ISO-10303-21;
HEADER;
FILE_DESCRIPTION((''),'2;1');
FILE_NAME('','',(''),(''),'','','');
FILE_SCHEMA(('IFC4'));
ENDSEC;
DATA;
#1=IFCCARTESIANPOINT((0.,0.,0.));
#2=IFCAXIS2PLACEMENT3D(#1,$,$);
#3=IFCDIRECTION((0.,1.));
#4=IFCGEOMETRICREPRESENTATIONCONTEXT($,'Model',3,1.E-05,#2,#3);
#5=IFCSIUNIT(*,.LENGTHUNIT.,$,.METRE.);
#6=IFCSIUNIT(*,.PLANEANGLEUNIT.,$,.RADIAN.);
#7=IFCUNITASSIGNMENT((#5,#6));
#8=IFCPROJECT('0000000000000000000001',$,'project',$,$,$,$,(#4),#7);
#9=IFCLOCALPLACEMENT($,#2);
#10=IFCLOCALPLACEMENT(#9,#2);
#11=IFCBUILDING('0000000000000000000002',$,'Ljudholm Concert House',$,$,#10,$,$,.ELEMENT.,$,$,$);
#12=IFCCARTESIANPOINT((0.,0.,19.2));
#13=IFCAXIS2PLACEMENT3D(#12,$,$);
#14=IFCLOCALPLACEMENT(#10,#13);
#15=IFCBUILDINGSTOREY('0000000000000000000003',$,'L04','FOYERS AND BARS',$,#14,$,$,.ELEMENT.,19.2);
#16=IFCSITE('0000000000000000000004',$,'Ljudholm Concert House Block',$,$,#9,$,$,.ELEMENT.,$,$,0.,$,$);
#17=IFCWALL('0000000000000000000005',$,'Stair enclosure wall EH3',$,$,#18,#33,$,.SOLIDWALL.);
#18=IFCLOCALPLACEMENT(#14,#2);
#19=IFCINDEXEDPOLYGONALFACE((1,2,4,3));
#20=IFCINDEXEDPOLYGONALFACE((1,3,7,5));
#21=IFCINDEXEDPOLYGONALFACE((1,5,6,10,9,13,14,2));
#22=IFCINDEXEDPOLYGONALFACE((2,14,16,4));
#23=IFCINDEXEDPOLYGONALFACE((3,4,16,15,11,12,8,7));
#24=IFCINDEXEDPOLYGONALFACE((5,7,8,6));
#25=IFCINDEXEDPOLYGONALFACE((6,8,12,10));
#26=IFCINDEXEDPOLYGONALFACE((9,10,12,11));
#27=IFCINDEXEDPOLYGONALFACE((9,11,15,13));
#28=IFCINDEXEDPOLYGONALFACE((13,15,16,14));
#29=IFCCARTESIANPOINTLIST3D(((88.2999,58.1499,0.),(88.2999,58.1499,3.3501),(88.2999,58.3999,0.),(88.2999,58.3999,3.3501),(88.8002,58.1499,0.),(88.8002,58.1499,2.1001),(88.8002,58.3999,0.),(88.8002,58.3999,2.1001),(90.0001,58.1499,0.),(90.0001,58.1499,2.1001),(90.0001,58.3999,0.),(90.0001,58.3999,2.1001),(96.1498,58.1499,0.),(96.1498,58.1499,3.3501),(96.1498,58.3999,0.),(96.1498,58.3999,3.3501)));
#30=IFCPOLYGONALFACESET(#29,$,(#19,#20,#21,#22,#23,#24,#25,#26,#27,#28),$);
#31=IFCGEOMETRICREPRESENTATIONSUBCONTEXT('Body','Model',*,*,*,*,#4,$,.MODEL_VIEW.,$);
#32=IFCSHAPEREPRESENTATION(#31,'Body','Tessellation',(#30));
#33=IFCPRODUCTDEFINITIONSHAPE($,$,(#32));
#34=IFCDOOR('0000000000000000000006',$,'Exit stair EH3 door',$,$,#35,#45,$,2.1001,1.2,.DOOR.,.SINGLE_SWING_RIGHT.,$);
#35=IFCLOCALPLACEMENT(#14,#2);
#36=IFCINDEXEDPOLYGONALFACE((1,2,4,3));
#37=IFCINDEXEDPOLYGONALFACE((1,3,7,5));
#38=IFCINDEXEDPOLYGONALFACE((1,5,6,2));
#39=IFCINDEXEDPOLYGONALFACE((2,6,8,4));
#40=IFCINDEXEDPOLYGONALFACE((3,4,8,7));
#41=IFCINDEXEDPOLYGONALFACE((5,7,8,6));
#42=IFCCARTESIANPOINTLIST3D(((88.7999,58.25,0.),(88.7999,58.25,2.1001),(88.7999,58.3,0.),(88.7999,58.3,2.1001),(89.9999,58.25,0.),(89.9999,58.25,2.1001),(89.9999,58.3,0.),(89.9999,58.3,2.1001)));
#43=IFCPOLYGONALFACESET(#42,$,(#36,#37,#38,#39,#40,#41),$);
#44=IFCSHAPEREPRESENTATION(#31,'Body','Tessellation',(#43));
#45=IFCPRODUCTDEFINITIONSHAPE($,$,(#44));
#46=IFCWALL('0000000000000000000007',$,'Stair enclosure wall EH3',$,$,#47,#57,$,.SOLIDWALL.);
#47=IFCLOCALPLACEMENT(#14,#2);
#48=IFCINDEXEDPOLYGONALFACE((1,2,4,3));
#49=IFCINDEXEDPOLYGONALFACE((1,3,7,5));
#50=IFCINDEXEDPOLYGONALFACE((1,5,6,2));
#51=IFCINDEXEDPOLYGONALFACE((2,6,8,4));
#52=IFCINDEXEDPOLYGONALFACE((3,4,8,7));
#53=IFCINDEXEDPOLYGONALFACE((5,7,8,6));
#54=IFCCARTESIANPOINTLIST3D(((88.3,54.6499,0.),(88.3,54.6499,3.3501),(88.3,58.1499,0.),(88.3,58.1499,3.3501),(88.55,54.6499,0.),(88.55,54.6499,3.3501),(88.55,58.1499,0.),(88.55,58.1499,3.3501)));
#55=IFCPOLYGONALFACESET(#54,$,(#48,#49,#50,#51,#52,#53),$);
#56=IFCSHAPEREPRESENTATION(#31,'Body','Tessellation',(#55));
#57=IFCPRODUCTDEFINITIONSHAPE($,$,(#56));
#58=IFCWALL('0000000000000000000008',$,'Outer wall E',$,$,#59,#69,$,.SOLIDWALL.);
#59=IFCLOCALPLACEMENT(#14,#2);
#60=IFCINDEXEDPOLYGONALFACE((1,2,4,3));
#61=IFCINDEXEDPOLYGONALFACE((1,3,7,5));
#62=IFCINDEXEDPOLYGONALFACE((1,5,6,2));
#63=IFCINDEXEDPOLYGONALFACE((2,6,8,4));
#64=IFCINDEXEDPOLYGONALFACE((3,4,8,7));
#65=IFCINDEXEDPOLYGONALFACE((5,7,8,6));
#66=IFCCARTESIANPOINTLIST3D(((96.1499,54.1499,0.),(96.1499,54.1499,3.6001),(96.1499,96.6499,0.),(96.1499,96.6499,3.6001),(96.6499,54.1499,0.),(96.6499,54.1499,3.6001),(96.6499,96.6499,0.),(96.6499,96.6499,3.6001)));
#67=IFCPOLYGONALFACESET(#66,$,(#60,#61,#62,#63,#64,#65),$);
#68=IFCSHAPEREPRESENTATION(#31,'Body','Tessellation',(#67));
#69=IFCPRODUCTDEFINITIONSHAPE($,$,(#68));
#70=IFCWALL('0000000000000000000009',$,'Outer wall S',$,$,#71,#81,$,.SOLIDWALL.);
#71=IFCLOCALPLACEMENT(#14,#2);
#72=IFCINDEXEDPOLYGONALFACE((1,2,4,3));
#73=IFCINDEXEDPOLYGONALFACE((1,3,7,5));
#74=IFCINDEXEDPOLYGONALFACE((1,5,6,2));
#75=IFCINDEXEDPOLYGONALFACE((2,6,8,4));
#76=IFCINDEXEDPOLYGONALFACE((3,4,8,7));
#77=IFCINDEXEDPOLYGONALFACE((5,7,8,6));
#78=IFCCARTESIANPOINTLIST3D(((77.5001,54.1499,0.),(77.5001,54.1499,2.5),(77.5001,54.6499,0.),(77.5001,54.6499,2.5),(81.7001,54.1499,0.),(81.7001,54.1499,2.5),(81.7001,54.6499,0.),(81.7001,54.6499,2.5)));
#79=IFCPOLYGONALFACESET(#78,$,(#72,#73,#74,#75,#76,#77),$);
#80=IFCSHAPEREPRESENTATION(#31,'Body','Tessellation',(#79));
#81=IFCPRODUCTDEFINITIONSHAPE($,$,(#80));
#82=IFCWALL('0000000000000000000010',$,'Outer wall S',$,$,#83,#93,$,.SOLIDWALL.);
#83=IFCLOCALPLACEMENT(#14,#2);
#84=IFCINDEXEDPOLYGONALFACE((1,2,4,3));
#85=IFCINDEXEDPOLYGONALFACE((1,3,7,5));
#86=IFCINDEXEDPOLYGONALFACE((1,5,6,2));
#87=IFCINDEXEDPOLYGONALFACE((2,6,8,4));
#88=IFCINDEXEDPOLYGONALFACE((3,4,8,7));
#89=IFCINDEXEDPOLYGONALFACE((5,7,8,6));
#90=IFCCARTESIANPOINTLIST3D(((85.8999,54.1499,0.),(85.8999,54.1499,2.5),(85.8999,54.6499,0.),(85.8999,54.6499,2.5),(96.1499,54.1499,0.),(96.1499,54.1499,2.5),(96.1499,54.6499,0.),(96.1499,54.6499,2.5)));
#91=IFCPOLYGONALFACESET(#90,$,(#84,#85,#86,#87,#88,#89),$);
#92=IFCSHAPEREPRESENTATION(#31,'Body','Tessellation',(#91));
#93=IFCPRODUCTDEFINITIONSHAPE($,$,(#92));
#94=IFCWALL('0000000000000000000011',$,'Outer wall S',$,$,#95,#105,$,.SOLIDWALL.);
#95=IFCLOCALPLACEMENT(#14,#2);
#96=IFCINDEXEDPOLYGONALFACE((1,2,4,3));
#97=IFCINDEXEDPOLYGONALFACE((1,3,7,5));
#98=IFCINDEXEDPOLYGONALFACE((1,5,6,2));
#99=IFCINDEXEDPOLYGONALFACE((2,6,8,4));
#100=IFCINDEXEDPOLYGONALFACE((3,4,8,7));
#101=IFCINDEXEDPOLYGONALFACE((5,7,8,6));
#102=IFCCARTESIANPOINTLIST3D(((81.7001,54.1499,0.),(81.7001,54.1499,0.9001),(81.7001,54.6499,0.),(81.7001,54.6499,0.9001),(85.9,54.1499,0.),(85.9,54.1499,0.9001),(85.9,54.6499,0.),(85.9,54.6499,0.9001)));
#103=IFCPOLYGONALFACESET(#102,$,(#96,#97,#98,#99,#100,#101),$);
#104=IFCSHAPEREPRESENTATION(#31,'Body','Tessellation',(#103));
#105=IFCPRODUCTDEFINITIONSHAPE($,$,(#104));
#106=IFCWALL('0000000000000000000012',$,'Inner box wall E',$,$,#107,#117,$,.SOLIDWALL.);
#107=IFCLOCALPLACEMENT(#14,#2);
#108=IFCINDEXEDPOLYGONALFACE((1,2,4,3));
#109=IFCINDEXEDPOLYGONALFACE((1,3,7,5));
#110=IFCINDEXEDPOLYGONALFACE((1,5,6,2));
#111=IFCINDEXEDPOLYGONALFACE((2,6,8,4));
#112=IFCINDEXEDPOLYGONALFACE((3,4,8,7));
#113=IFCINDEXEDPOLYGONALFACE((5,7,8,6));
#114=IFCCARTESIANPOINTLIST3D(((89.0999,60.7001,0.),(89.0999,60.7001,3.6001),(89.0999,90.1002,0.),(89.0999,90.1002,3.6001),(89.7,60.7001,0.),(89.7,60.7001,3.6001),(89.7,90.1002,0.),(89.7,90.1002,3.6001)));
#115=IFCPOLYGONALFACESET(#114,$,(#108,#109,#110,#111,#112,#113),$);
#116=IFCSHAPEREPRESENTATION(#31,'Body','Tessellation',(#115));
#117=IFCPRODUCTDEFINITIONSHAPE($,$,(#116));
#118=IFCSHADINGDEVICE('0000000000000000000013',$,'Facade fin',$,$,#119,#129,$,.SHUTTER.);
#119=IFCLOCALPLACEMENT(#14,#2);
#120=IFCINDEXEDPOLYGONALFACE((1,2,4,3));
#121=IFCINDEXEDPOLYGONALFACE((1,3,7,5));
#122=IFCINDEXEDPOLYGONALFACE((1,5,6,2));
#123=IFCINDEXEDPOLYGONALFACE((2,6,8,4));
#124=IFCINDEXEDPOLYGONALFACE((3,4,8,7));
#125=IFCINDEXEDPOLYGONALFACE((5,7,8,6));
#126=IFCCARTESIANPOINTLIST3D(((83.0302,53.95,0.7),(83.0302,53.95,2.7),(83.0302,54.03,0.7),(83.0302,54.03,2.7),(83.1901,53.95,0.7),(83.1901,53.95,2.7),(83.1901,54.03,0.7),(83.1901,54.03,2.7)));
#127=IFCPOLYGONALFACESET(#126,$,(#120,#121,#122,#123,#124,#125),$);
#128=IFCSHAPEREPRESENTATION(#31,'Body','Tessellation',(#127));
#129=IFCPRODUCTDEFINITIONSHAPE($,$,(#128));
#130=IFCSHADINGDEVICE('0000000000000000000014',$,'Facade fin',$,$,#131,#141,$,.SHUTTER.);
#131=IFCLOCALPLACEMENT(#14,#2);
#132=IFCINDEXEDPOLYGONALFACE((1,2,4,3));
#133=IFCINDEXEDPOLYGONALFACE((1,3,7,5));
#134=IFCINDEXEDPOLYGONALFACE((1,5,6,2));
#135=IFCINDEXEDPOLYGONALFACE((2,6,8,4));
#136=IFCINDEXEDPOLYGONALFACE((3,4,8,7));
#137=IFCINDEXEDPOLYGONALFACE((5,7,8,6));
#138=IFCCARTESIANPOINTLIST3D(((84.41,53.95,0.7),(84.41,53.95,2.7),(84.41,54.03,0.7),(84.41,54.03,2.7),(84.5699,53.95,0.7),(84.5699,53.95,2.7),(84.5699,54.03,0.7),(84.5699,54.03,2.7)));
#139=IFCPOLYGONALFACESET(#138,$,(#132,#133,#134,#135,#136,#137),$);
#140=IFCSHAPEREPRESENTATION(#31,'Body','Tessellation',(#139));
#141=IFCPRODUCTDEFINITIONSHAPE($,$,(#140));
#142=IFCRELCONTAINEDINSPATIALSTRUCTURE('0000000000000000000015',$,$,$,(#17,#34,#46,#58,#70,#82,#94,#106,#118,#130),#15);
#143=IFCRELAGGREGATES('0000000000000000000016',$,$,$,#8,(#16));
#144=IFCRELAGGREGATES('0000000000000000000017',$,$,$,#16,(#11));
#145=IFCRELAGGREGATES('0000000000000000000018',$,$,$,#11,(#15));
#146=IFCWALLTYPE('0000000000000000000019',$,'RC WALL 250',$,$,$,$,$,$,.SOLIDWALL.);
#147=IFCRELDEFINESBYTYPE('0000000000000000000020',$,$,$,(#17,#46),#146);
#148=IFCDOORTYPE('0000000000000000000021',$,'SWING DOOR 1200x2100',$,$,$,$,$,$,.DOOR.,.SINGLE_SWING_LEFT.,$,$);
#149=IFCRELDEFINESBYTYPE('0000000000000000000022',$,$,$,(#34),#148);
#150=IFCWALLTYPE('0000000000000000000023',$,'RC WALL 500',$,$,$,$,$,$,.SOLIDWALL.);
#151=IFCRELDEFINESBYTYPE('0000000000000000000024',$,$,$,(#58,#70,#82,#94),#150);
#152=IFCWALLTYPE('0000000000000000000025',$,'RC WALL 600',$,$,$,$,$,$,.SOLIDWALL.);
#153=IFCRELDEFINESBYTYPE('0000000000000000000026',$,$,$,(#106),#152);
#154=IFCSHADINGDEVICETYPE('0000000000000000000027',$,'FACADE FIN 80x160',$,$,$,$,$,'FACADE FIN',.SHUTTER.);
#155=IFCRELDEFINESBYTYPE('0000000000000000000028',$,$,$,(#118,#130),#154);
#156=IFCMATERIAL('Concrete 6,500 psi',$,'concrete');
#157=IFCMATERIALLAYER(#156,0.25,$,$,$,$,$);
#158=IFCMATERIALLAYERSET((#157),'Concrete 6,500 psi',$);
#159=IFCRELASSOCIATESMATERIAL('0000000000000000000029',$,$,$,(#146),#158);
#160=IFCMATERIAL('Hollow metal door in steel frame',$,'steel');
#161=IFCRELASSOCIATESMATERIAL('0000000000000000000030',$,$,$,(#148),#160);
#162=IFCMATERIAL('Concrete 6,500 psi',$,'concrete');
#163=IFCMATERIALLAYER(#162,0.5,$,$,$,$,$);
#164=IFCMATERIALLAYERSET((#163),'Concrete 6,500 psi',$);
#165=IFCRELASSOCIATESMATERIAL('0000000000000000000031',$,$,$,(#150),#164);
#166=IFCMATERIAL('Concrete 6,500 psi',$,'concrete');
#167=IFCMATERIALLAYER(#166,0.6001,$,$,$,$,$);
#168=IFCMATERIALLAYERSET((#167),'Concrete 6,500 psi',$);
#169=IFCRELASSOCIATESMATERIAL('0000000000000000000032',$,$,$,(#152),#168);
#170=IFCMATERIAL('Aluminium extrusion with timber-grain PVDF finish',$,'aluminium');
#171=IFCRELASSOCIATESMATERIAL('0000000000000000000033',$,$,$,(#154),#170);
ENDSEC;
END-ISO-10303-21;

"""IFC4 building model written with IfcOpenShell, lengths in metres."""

from ifc_helpers import new_model, si_unit, direction, frame, frame_2d, origin, origin_2d, place, context, subcontext, project, spatial, rectangle, extrude, material, layer, layer_set, type_object, element, fill, save


model = new_model("IFC4")

# Units and contexts
model_context = context("Model", 3, precision=1e-05, world=origin(), true_north=direction((0.0, 1.0)))
body_context = subcontext(model_context, "Body", "Model", "MODEL_VIEW")
ifc_project = project(units=[si_unit("LENGTHUNIT", "METRE"), si_unit("PLANEANGLEUNIT", "RADIAN")], contexts=[model_context])

# Site, building, storey
site_placement = place(None, origin())
site = spatial("IfcSite", under=ifc_project, at=site_placement, Name="Ljudholm Concert House Block", CompositionType="ELEMENT", RefElevation=0.0)
building_placement = place(site_placement, origin())
building = spatial("IfcBuilding", under=site, at=building_placement, Name="Ljudholm Concert House", CompositionType="ELEMENT")
storey_placement = place(building_placement, frame((0.0, 0.0, 19.2)))
storey = spatial("IfcBuildingStorey", under=building, at=storey_placement, Name="L04", Description="FOYERS AND BARS", CompositionType="ELEMENT", Elevation=19.2)

# Wall, opening, door
ifc_material_1 = material(Name="Concrete 6,500 psi", Category="concrete")
ifc_layer_1 = layer(ifc_material_1, 0.25)
ifc_layer_set_1 = layer_set([ifc_layer_1], Name="Concrete 6,500 psi")
wall_type_1 = type_object("IfcWallType", Name="RC WALL 250", PredefinedType="SOLIDWALL", material=ifc_layer_set_1)
wall_1_placement = place(storey_placement, frame((88.3, 58.2749, 0.0), z_axis=(0.0, 0.0, 1.0), x_axis=(1.0, 0.0, 0.0)))
wall_1 = element("IfcWall", 1, at=wall_1_placement, inside=storey, type_object=wall_type_1, Name="Stair enclosure wall EH3", PredefinedType="SOLIDWALL", context=body_context, shape_type="SweptSolid", body=[
    extrude(rectangle(XDim=7.8499, YDim=0.25, at=frame_2d((3.9248, 0.0))), origin(), (0.0, 0.0, 1.0), 3.3501),
])
opening_placement = place(wall_1_placement, frame((0.5, 0.0, 0.0)))
opening = element("IfcOpeningElement", 2, at=opening_placement, cuts=wall_1, PredefinedType="OPENING", context=body_context, shape_type="SweptSolid", body=[
    extrude(rectangle(XDim=1.2, YDim=2.1001, at=frame_2d((0.6001, 1.05))), frame((0.0, 0.135, 0.0), z_axis=(0.0, -1.0, 0.0), x_axis=(1.0, 0.0, 0.0)), (0.0, 0.0, 1.0), 0.27),
])
ifc_material_2 = material(Name="Hollow metal door in steel frame", Category="steel")
door_type = type_object("IfcDoorType", Name="SWING DOOR 1200x2100", OperationType="SINGLE_SWING_LEFT", PredefinedType="DOOR", material=ifc_material_2)
door_placement = place(opening_placement, frame((1.2, 0.0, 0.0), z_axis=(0.0, 0.0, 1.0), x_axis=(-1.0, 0.0, 0.0)))
door = element("IfcDoor", 3, at=door_placement, inside=storey, type_object=door_type, Name="Exit stair EH3 door", OperationType="SINGLE_SWING_RIGHT", OverallHeight=2.1001, OverallWidth=1.2, PredefinedType="DOOR", context=body_context, shape_type="SweptSolid", body=[
    extrude(rectangle(XDim=1.2, YDim=2.1001, at=frame_2d((0.6001, 1.05))), frame((0.0, 0.0249, 0.0), z_axis=(0.0, -1.0, 0.0), x_axis=(1.0, 0.0, 0.0)), (0.0, 0.0, 1.0), 0.05),
])
fill(opening, door)

# Walls
wall_2_placement = place(storey_placement, frame((88.425, 54.6499, 0.0), z_axis=(0.0, 0.0, 1.0), x_axis=(0.0, 1.0, 0.0)))
element("IfcWall", 4, at=wall_2_placement, inside=storey, type_object=wall_type_1, Name="Stair enclosure wall EH3", PredefinedType="SOLIDWALL", context=body_context, shape_type="SweptSolid", body=[
    extrude(rectangle(XDim=3.5, YDim=0.25, at=frame_2d((1.75, 0.0))), origin(), (0.0, 0.0, 1.0), 3.3501),
])
ifc_material_3 = material(Name="Concrete 6,500 psi", Category="concrete")
ifc_layer_2 = layer(ifc_material_3, 0.5)
ifc_layer_set_2 = layer_set([ifc_layer_2], Name="Concrete 6,500 psi")
wall_type_2 = type_object("IfcWallType", Name="RC WALL 500", PredefinedType="SOLIDWALL", material=ifc_layer_set_2)
wall_3_placement = place(storey_placement, frame((96.3999, 54.1499, 0.0), z_axis=(0.0, 0.0, 1.0), x_axis=(0.0, 1.0, 0.0)))
element("IfcWall", 5, at=wall_3_placement, inside=storey, type_object=wall_type_2, Name="Outer wall E", PredefinedType="SOLIDWALL", context=body_context, shape_type="SweptSolid", body=[
    extrude(rectangle(XDim=42.5, YDim=0.5, at=frame_2d((21.25, 0.0))), origin(), (0.0, 0.0, 1.0), 3.6001),
])
wall_4_placement = place(storey_placement, frame((77.5, 54.3999, 0.0), z_axis=(0.0, 0.0, 1.0), x_axis=(1.0, 0.0, 0.0)))
element("IfcWall", 6, at=wall_4_placement, inside=storey, type_object=wall_type_2, Name="Outer wall S", PredefinedType="SOLIDWALL", context=body_context, shape_type="SweptSolid", body=[
    extrude(rectangle(XDim=4.2, YDim=0.5, at=frame_2d((2.1001, 0.0))), origin(), (0.0, 0.0, 1.0), 2.5),
])
wall_5_placement = place(storey_placement, frame((85.8999, 54.3999, 0.0), z_axis=(0.0, 0.0, 1.0), x_axis=(1.0, 0.0, 0.0)))
element("IfcWall", 7, at=wall_5_placement, inside=storey, type_object=wall_type_2, Name="Outer wall S", PredefinedType="SOLIDWALL", context=body_context, shape_type="SweptSolid", body=[
    extrude(rectangle(XDim=10.25, YDim=0.5, at=frame_2d((5.125, 0.0))), origin(), (0.0, 0.0, 1.0), 2.5),
])
wall_6_placement = place(storey_placement, frame((81.7, 54.3999, 0.0), z_axis=(0.0, 0.0, 1.0), x_axis=(1.0, 0.0, 0.0)))
element("IfcWall", 8, at=wall_6_placement, inside=storey, type_object=wall_type_2, Name="Outer wall S", PredefinedType="SOLIDWALL", context=body_context, shape_type="SweptSolid", body=[
    extrude(rectangle(XDim=4.2, YDim=0.5, at=frame_2d((2.1001, 0.0))), origin(), (0.0, 0.0, 1.0), 0.9001),
])
ifc_material_4 = material(Name="Concrete 6,500 psi", Category="concrete")
ifc_layer_3 = layer(ifc_material_4, 0.6001)
ifc_layer_set_3 = layer_set([ifc_layer_3], Name="Concrete 6,500 psi")
wall_type_3 = type_object("IfcWallType", Name="RC WALL 600", PredefinedType="SOLIDWALL", material=ifc_layer_set_3)
wall_7_placement = place(storey_placement, frame((89.3999, 60.7, 0.0), z_axis=(0.0, 0.0, 1.0), x_axis=(0.0, 1.0, 0.0)))
element("IfcWall", 9, at=wall_7_placement, inside=storey, type_object=wall_type_3, Name="Inner box wall E", PredefinedType="SOLIDWALL", context=body_context, shape_type="SweptSolid", body=[
    extrude(rectangle(XDim=29.4001, YDim=0.6001, at=frame_2d((14.7002, 0.0))), origin(), (0.0, 0.0, 1.0), 3.6001),
])

# Shading devices
ifc_material_5 = material(Name="Aluminium extrusion with timber-grain PVDF finish", Category="aluminium")
shading_device_type = type_object("IfcShadingDeviceType", Name="FACADE FIN 80x160", ElementType="FACADE FIN", PredefinedType="SHUTTER", material=ifc_material_5)
for number, where, z_axis, x_axis, name in (
    (10, (83.1101, 53.99, 0.7), (0.0, 0.0, 1.0), (0.0, -1.0, 0.0), "Facade fin"),
    (11, (84.49, 53.99, 0.7), (0.0, 0.0, 1.0), (0.0, -1.0, 0.0), "Facade fin"),
):
    element("IfcShadingDevice", number, at=place(storey_placement, frame(where, z_axis=z_axis, x_axis=x_axis)), inside=storey, type_object=shading_device_type, Name=name, PredefinedType="SHUTTER", context=body_context, shape_type="SweptSolid", body=[
        extrude(rectangle(XDim=0.0801, YDim=0.1599, at=origin_2d()), origin(), (0.0, 0.0, 1.0), 2.0),
    ])

save(model, "model.ifc")
